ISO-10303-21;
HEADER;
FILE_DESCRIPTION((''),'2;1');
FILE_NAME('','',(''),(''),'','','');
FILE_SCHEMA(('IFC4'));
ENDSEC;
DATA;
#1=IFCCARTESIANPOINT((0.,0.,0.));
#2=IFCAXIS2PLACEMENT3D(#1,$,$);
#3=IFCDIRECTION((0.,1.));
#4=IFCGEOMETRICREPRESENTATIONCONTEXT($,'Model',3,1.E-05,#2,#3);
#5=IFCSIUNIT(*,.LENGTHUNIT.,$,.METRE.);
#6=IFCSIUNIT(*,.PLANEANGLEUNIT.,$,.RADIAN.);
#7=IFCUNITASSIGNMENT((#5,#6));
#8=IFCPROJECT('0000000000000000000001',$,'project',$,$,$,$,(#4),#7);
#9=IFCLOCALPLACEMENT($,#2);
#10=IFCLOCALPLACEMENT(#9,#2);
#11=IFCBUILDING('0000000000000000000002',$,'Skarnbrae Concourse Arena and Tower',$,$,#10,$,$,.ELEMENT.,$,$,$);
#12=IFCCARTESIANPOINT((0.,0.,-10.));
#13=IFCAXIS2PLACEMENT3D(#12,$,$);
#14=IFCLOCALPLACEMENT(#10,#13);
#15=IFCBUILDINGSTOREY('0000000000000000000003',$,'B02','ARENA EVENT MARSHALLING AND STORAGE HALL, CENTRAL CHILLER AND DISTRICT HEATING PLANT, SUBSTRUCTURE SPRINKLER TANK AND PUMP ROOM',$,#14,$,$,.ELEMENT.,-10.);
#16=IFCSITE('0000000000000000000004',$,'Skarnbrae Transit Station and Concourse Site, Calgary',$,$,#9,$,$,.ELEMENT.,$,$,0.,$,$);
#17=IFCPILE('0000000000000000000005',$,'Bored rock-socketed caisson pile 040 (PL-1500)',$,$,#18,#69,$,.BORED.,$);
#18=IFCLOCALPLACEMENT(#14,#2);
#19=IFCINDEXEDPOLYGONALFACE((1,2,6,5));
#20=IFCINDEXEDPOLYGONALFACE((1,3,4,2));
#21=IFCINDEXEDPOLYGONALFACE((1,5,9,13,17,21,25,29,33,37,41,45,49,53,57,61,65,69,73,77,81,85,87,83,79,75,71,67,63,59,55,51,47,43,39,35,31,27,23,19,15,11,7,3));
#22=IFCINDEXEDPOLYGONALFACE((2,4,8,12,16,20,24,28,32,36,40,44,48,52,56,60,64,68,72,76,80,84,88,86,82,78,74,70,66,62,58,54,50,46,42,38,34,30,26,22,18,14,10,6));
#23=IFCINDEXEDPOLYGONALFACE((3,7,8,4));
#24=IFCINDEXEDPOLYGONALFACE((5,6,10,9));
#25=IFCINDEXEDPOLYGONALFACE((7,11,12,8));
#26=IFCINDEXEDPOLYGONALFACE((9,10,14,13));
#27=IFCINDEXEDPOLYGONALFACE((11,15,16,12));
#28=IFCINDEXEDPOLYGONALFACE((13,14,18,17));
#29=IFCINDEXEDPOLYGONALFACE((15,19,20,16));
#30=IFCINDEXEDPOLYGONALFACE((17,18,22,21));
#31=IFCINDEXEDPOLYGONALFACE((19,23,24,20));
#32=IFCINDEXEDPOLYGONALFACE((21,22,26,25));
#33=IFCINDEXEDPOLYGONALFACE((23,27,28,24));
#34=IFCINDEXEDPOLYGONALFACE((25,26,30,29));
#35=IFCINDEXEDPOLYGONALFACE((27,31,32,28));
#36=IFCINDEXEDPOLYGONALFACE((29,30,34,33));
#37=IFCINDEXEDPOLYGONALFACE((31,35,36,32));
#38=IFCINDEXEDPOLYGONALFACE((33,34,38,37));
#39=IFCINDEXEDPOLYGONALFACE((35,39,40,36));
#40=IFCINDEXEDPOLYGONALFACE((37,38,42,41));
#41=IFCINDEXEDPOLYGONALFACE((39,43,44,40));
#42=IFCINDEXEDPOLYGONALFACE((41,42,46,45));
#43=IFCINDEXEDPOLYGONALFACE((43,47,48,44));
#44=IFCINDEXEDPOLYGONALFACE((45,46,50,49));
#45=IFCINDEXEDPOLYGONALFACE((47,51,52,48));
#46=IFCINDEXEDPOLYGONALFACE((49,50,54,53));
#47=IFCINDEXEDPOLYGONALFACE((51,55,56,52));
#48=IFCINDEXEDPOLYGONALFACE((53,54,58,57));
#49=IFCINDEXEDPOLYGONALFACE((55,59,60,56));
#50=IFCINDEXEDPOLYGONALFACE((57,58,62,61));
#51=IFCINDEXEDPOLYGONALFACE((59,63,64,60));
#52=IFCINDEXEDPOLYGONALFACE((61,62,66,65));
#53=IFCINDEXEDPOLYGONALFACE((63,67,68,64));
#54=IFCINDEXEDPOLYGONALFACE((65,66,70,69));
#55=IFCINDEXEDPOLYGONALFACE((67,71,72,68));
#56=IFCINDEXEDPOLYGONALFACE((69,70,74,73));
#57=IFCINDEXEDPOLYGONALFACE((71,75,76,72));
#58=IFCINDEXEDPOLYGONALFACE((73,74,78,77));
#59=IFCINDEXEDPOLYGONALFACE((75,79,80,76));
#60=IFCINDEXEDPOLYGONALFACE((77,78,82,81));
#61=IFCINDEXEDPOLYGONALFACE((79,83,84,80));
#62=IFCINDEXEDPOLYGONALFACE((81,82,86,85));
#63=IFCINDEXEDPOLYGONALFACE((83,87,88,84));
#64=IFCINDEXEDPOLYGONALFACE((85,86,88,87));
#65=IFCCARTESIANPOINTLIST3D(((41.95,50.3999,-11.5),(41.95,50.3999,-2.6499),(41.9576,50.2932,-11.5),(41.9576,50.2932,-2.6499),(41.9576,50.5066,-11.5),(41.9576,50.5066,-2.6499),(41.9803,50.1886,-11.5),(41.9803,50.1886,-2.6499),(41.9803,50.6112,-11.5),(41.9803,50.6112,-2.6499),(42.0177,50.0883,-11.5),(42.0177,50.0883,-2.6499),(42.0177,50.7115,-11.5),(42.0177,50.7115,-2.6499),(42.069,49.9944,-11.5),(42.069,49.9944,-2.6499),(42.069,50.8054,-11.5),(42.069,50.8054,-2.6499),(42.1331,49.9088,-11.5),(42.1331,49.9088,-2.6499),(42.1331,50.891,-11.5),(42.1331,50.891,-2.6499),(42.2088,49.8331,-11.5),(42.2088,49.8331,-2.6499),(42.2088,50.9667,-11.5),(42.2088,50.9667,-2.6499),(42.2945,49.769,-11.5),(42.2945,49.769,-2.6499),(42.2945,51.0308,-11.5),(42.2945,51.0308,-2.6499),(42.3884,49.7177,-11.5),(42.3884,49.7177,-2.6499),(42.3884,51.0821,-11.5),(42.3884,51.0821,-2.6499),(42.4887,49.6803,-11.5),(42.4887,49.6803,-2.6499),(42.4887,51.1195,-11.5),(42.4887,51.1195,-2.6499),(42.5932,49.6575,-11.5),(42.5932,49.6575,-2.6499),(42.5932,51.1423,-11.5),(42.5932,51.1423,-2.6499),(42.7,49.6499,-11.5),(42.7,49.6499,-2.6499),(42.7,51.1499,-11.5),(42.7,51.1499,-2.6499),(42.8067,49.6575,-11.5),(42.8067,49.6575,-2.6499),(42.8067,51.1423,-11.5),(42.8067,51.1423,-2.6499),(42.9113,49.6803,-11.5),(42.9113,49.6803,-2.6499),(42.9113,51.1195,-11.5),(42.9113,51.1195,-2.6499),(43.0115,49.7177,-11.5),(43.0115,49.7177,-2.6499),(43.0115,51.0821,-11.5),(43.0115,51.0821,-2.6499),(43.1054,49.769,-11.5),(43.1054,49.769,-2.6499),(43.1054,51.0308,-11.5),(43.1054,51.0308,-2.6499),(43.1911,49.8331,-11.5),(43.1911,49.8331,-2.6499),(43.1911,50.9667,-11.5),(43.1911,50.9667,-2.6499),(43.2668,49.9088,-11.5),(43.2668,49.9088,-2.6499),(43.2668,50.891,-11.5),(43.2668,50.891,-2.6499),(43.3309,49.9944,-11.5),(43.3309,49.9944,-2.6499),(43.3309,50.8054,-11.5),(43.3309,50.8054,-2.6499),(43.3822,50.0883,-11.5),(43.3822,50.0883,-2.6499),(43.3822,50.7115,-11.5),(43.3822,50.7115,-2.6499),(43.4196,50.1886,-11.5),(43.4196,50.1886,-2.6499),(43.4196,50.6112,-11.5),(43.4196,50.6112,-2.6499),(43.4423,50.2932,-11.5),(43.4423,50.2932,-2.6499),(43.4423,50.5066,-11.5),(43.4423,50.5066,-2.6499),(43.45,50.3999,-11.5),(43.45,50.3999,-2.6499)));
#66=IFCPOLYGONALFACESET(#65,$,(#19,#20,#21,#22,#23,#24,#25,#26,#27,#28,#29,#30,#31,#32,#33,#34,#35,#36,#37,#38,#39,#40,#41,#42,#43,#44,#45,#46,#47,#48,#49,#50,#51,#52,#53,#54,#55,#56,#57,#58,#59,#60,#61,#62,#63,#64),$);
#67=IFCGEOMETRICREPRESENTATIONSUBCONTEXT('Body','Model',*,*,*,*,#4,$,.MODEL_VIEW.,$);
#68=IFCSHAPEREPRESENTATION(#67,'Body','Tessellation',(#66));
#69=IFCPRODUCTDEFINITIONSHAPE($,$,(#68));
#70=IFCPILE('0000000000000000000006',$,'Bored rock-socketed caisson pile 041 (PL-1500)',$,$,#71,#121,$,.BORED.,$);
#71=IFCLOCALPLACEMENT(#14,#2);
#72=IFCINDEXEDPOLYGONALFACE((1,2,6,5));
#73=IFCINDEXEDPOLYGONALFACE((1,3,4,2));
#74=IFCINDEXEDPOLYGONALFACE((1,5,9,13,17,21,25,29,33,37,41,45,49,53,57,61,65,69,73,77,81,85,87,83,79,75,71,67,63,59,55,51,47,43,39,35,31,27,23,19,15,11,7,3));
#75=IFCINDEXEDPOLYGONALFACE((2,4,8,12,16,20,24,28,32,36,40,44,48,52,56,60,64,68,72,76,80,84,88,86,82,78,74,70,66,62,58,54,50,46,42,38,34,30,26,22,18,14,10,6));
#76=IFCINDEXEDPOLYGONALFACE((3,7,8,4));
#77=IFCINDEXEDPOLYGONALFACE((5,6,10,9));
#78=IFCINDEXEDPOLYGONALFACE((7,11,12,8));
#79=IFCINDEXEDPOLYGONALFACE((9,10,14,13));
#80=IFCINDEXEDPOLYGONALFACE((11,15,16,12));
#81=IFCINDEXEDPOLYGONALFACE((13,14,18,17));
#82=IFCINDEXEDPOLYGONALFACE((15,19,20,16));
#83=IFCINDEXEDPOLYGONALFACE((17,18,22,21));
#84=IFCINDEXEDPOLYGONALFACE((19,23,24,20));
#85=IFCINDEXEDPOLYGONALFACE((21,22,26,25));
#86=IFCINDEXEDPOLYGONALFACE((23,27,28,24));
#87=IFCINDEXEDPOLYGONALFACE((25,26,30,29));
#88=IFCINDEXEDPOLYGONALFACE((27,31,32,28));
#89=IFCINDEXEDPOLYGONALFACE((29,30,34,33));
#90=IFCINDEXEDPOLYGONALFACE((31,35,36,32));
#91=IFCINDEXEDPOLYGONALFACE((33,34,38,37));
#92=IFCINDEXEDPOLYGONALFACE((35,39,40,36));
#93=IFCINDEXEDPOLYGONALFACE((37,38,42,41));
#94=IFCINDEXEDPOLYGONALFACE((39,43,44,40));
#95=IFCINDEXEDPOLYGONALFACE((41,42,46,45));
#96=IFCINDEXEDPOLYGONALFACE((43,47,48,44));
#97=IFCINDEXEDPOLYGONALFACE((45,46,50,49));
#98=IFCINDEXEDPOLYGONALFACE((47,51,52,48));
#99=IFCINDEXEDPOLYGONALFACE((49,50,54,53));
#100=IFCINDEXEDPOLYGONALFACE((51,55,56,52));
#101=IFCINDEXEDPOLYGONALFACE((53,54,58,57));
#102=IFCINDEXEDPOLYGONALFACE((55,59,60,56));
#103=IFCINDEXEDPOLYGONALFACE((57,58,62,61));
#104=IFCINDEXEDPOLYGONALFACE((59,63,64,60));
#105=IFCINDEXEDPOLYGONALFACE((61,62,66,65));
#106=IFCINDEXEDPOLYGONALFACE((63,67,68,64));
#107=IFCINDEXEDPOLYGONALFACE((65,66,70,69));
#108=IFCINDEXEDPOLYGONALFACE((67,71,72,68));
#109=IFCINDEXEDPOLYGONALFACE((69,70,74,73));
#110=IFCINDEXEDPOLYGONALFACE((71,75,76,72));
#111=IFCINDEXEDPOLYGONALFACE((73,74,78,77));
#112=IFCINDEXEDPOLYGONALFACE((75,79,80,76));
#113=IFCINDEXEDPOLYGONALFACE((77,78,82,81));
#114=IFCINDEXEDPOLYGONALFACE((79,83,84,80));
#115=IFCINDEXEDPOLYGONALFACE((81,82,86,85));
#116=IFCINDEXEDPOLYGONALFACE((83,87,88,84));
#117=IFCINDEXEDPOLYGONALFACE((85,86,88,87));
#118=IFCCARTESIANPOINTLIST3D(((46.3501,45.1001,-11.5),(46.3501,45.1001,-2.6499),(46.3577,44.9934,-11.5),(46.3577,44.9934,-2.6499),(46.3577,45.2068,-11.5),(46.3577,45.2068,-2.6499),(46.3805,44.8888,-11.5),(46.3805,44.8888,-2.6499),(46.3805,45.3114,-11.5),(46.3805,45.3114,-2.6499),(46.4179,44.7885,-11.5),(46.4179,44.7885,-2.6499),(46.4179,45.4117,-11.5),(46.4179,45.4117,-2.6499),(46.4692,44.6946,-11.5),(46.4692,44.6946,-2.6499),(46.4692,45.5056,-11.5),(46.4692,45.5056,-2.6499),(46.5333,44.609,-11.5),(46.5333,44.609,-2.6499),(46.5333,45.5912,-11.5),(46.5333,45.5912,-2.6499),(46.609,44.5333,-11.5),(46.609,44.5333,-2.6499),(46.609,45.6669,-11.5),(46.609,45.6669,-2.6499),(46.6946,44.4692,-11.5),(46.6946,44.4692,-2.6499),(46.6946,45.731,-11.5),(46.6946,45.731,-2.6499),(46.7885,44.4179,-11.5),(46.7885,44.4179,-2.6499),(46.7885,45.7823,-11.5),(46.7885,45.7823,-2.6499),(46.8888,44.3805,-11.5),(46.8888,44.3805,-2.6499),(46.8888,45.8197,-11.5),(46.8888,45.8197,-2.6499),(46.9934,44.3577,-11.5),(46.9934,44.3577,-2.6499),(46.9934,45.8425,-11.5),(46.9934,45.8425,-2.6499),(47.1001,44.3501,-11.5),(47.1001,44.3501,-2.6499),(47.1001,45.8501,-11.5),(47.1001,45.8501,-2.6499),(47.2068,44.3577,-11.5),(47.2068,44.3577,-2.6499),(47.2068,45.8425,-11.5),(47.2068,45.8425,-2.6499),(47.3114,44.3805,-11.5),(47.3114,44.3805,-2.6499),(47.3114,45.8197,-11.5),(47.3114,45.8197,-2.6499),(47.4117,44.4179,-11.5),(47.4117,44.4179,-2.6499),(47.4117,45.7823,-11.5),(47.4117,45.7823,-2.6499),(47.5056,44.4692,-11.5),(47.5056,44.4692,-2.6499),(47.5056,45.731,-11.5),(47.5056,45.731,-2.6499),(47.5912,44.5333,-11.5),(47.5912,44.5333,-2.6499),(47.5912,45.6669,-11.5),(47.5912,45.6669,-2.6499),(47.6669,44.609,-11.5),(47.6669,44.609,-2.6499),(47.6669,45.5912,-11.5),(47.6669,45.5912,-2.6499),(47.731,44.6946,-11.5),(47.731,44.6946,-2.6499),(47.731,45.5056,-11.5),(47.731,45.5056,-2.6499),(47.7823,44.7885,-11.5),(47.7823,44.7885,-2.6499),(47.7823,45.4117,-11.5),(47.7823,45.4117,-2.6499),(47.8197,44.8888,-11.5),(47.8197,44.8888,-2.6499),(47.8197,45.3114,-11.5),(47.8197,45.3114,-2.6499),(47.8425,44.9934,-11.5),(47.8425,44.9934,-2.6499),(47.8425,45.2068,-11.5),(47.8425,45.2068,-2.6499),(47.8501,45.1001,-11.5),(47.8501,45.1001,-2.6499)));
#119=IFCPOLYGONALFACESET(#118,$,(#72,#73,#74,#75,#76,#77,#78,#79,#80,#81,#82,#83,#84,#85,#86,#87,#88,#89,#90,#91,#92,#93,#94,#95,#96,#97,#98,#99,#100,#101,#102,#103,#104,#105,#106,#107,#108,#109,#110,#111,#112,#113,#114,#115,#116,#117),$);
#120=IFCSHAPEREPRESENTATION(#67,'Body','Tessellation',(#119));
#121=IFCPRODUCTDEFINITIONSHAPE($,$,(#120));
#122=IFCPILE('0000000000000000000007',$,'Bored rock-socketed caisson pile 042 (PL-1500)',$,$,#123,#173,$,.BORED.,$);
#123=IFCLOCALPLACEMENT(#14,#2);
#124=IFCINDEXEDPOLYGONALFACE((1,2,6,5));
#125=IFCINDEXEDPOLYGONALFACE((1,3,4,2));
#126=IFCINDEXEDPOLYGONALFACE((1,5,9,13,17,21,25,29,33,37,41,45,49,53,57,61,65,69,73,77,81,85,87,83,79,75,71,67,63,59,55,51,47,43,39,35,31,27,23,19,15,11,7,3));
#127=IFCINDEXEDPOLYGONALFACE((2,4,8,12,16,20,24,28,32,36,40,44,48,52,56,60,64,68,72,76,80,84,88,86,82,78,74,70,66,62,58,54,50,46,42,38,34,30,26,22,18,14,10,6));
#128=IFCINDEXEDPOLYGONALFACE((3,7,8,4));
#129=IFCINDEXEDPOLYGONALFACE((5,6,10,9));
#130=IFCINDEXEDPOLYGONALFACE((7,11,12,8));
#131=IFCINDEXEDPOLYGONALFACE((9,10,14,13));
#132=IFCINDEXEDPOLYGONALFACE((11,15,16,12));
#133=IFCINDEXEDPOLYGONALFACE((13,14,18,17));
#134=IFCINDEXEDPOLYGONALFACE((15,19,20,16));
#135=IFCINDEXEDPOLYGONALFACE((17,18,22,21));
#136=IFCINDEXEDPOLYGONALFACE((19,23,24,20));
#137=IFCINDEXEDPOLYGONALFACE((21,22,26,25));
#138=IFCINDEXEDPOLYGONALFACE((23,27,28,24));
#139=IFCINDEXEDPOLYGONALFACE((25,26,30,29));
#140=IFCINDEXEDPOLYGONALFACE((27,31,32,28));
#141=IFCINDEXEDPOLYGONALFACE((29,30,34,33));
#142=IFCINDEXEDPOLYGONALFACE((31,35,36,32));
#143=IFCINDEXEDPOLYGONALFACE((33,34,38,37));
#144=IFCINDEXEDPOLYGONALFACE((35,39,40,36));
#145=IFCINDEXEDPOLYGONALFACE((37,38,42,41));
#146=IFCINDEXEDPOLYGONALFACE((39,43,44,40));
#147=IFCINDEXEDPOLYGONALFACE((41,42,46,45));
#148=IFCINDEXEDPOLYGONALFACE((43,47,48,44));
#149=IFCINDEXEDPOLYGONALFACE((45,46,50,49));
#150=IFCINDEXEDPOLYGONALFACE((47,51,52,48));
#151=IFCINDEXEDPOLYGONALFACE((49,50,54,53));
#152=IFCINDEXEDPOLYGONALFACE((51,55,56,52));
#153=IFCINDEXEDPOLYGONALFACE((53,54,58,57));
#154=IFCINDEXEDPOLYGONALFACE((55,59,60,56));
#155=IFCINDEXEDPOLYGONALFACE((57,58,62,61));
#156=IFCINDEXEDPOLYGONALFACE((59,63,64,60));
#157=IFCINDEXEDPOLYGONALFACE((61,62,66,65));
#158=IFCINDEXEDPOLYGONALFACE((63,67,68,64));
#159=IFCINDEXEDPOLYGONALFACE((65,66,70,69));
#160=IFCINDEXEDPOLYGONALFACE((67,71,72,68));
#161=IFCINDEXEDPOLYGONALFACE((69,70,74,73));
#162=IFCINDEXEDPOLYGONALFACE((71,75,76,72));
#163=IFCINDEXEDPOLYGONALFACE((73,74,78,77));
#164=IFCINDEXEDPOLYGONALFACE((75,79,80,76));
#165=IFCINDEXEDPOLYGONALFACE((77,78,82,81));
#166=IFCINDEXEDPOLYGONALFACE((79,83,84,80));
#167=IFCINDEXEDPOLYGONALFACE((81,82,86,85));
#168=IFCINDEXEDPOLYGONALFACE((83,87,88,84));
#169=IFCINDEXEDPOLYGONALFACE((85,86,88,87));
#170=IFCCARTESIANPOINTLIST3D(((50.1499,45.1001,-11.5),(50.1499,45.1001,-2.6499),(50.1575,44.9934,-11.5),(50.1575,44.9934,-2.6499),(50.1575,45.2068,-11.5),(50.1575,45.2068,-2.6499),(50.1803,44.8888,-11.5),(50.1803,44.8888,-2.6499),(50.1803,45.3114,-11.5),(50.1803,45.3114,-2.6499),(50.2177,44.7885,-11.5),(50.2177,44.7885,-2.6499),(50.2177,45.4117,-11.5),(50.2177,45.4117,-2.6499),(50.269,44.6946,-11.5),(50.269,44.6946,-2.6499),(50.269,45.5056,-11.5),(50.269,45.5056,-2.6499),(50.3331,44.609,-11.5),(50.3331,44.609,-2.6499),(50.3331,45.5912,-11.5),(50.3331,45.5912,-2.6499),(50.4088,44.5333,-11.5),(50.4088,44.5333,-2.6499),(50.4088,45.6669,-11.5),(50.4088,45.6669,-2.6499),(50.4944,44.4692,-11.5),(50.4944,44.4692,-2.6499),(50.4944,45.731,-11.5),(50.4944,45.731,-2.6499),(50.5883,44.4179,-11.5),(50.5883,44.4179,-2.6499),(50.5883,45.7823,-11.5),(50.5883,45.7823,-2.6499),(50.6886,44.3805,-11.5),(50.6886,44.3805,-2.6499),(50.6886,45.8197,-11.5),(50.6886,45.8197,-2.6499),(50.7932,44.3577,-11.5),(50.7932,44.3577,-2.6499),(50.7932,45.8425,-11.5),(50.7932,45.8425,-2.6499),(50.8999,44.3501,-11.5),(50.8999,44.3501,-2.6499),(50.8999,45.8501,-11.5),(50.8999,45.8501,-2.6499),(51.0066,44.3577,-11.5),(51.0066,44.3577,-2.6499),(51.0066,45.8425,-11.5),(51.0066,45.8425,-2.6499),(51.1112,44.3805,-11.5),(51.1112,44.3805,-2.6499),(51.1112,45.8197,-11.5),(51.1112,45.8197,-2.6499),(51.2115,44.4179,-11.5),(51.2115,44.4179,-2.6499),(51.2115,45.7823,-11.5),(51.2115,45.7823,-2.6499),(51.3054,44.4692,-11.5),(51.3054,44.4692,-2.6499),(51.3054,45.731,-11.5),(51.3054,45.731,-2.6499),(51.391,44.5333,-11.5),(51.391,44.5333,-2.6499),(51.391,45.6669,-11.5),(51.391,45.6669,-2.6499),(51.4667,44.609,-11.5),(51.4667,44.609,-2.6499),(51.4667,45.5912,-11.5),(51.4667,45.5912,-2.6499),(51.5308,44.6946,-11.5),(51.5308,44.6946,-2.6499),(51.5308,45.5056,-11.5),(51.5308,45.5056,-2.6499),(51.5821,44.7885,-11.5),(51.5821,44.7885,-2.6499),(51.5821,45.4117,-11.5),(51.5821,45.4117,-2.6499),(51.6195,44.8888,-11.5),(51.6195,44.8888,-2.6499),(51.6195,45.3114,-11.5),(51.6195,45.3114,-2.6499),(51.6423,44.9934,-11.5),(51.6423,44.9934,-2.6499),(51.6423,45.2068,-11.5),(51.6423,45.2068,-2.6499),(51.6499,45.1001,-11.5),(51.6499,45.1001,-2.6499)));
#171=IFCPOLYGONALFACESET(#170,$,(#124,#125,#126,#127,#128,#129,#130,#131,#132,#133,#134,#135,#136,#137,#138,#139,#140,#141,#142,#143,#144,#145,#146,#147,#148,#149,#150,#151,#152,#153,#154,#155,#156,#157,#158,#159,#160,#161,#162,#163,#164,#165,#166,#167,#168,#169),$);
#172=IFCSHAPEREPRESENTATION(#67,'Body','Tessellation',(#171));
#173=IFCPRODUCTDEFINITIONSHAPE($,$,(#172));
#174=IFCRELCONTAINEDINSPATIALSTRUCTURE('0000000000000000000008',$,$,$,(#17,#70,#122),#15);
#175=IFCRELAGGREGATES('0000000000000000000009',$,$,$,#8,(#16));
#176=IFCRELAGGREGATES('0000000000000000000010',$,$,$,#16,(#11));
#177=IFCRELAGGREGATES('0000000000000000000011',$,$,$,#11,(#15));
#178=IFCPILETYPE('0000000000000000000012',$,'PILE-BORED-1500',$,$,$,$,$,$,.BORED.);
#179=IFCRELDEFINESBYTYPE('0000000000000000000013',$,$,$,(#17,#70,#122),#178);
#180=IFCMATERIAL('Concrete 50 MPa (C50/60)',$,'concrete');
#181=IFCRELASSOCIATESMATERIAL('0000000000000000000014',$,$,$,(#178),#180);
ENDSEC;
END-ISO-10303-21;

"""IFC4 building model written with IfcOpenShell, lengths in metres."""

from ifc_helpers import new_model, si_unit, direction, frame, origin, origin_2d, place, context, subcontext, project, spatial, circle, extrude, source, transform, mapped, material, material_profile, profile_set, type_object, element, save


model = new_model("IFC4")

# Units and contexts
model_context = context("Model", 3, precision=1e-05, world=origin(), true_north=direction((0.0, 1.0)))
body_context = subcontext(model_context, "Body", "Model", "MODEL_VIEW")
ifc_project = project(units=[si_unit("LENGTHUNIT", "METRE"), si_unit("PLANEANGLEUNIT", "RADIAN")], contexts=[model_context])

# Site, building, storey
site_placement = place(None, origin())
site = spatial("IfcSite", under=ifc_project, at=site_placement, Name="Skarnbrae Transit Station and Concourse Site, Calgary", CompositionType="ELEMENT", RefElevation=0.0)
building_placement = place(site_placement, origin())
building = spatial("IfcBuilding", under=site, at=building_placement, Name="Skarnbrae Concourse Arena and Tower", CompositionType="ELEMENT")
storey_placement = place(building_placement, frame((0.0, 0.0, -10.0)))
storey = spatial("IfcBuildingStorey", under=building, at=storey_placement, Name="B02", Description="ARENA EVENT MARSHALLING AND STORAGE HALL, CENTRAL CHILLER AND DISTRICT HEATING PLANT, SUBSTRUCTURE SPRINKLER TANK AND PUMP ROOM", CompositionType="ELEMENT", Elevation=-10.0)

# Piles
ifc_material_1 = material(Name="Concrete 50 MPa (C50/60)", Category="concrete")
ifc_material_profile_1 = material_profile(ifc_material_1, circle(Radius=0.75, at=origin_2d()), Name="CAISSON-1500")
ifc_profile_set_1 = profile_set([ifc_material_profile_1], Name="Concrete 50 MPa (C50/60)")
pile_type_1 = type_object("IfcPileType", Name="PILE-BORED-1500", PredefinedType="BORED", material=ifc_profile_set_1)
shared_shape_1 = source(origin(), body_context, "Body", "SweptSolid", [
    extrude(circle(Radius=0.75, at=origin_2d()), origin(), (0.0, 0.0, 1.0), 8.8501),
])
for number, where, z_axis, x_axis, name in (
    (1, (42.7, 50.3999, -2.6499), (0.0, 0.0, -1.0), (1.0, 0.0, 0.0), "Bored rock-socketed caisson pile 040 (PL-1500)"),
    (2, (47.1001, 45.1001, -2.6499), (0.0, 0.0, -1.0), (1.0, 0.0, 0.0), "Bored rock-socketed caisson pile 041 (PL-1500)"),
    (3, (50.8999, 45.1001, -2.6499), (0.0, 0.0, -1.0), (1.0, 0.0, 0.0), "Bored rock-socketed caisson pile 042 (PL-1500)"),
):
    element("IfcPile", number, at=place(storey_placement, frame(where, z_axis=z_axis, x_axis=x_axis)), inside=storey, type_object=pile_type_1, Name=name, PredefinedType="BORED", context=body_context, shape_type="MappedRepresentation", body=[
        mapped(shared_shape_1, transform((0.0, 0.0, 0.0))),
    ])

save(model, "model.ifc")
